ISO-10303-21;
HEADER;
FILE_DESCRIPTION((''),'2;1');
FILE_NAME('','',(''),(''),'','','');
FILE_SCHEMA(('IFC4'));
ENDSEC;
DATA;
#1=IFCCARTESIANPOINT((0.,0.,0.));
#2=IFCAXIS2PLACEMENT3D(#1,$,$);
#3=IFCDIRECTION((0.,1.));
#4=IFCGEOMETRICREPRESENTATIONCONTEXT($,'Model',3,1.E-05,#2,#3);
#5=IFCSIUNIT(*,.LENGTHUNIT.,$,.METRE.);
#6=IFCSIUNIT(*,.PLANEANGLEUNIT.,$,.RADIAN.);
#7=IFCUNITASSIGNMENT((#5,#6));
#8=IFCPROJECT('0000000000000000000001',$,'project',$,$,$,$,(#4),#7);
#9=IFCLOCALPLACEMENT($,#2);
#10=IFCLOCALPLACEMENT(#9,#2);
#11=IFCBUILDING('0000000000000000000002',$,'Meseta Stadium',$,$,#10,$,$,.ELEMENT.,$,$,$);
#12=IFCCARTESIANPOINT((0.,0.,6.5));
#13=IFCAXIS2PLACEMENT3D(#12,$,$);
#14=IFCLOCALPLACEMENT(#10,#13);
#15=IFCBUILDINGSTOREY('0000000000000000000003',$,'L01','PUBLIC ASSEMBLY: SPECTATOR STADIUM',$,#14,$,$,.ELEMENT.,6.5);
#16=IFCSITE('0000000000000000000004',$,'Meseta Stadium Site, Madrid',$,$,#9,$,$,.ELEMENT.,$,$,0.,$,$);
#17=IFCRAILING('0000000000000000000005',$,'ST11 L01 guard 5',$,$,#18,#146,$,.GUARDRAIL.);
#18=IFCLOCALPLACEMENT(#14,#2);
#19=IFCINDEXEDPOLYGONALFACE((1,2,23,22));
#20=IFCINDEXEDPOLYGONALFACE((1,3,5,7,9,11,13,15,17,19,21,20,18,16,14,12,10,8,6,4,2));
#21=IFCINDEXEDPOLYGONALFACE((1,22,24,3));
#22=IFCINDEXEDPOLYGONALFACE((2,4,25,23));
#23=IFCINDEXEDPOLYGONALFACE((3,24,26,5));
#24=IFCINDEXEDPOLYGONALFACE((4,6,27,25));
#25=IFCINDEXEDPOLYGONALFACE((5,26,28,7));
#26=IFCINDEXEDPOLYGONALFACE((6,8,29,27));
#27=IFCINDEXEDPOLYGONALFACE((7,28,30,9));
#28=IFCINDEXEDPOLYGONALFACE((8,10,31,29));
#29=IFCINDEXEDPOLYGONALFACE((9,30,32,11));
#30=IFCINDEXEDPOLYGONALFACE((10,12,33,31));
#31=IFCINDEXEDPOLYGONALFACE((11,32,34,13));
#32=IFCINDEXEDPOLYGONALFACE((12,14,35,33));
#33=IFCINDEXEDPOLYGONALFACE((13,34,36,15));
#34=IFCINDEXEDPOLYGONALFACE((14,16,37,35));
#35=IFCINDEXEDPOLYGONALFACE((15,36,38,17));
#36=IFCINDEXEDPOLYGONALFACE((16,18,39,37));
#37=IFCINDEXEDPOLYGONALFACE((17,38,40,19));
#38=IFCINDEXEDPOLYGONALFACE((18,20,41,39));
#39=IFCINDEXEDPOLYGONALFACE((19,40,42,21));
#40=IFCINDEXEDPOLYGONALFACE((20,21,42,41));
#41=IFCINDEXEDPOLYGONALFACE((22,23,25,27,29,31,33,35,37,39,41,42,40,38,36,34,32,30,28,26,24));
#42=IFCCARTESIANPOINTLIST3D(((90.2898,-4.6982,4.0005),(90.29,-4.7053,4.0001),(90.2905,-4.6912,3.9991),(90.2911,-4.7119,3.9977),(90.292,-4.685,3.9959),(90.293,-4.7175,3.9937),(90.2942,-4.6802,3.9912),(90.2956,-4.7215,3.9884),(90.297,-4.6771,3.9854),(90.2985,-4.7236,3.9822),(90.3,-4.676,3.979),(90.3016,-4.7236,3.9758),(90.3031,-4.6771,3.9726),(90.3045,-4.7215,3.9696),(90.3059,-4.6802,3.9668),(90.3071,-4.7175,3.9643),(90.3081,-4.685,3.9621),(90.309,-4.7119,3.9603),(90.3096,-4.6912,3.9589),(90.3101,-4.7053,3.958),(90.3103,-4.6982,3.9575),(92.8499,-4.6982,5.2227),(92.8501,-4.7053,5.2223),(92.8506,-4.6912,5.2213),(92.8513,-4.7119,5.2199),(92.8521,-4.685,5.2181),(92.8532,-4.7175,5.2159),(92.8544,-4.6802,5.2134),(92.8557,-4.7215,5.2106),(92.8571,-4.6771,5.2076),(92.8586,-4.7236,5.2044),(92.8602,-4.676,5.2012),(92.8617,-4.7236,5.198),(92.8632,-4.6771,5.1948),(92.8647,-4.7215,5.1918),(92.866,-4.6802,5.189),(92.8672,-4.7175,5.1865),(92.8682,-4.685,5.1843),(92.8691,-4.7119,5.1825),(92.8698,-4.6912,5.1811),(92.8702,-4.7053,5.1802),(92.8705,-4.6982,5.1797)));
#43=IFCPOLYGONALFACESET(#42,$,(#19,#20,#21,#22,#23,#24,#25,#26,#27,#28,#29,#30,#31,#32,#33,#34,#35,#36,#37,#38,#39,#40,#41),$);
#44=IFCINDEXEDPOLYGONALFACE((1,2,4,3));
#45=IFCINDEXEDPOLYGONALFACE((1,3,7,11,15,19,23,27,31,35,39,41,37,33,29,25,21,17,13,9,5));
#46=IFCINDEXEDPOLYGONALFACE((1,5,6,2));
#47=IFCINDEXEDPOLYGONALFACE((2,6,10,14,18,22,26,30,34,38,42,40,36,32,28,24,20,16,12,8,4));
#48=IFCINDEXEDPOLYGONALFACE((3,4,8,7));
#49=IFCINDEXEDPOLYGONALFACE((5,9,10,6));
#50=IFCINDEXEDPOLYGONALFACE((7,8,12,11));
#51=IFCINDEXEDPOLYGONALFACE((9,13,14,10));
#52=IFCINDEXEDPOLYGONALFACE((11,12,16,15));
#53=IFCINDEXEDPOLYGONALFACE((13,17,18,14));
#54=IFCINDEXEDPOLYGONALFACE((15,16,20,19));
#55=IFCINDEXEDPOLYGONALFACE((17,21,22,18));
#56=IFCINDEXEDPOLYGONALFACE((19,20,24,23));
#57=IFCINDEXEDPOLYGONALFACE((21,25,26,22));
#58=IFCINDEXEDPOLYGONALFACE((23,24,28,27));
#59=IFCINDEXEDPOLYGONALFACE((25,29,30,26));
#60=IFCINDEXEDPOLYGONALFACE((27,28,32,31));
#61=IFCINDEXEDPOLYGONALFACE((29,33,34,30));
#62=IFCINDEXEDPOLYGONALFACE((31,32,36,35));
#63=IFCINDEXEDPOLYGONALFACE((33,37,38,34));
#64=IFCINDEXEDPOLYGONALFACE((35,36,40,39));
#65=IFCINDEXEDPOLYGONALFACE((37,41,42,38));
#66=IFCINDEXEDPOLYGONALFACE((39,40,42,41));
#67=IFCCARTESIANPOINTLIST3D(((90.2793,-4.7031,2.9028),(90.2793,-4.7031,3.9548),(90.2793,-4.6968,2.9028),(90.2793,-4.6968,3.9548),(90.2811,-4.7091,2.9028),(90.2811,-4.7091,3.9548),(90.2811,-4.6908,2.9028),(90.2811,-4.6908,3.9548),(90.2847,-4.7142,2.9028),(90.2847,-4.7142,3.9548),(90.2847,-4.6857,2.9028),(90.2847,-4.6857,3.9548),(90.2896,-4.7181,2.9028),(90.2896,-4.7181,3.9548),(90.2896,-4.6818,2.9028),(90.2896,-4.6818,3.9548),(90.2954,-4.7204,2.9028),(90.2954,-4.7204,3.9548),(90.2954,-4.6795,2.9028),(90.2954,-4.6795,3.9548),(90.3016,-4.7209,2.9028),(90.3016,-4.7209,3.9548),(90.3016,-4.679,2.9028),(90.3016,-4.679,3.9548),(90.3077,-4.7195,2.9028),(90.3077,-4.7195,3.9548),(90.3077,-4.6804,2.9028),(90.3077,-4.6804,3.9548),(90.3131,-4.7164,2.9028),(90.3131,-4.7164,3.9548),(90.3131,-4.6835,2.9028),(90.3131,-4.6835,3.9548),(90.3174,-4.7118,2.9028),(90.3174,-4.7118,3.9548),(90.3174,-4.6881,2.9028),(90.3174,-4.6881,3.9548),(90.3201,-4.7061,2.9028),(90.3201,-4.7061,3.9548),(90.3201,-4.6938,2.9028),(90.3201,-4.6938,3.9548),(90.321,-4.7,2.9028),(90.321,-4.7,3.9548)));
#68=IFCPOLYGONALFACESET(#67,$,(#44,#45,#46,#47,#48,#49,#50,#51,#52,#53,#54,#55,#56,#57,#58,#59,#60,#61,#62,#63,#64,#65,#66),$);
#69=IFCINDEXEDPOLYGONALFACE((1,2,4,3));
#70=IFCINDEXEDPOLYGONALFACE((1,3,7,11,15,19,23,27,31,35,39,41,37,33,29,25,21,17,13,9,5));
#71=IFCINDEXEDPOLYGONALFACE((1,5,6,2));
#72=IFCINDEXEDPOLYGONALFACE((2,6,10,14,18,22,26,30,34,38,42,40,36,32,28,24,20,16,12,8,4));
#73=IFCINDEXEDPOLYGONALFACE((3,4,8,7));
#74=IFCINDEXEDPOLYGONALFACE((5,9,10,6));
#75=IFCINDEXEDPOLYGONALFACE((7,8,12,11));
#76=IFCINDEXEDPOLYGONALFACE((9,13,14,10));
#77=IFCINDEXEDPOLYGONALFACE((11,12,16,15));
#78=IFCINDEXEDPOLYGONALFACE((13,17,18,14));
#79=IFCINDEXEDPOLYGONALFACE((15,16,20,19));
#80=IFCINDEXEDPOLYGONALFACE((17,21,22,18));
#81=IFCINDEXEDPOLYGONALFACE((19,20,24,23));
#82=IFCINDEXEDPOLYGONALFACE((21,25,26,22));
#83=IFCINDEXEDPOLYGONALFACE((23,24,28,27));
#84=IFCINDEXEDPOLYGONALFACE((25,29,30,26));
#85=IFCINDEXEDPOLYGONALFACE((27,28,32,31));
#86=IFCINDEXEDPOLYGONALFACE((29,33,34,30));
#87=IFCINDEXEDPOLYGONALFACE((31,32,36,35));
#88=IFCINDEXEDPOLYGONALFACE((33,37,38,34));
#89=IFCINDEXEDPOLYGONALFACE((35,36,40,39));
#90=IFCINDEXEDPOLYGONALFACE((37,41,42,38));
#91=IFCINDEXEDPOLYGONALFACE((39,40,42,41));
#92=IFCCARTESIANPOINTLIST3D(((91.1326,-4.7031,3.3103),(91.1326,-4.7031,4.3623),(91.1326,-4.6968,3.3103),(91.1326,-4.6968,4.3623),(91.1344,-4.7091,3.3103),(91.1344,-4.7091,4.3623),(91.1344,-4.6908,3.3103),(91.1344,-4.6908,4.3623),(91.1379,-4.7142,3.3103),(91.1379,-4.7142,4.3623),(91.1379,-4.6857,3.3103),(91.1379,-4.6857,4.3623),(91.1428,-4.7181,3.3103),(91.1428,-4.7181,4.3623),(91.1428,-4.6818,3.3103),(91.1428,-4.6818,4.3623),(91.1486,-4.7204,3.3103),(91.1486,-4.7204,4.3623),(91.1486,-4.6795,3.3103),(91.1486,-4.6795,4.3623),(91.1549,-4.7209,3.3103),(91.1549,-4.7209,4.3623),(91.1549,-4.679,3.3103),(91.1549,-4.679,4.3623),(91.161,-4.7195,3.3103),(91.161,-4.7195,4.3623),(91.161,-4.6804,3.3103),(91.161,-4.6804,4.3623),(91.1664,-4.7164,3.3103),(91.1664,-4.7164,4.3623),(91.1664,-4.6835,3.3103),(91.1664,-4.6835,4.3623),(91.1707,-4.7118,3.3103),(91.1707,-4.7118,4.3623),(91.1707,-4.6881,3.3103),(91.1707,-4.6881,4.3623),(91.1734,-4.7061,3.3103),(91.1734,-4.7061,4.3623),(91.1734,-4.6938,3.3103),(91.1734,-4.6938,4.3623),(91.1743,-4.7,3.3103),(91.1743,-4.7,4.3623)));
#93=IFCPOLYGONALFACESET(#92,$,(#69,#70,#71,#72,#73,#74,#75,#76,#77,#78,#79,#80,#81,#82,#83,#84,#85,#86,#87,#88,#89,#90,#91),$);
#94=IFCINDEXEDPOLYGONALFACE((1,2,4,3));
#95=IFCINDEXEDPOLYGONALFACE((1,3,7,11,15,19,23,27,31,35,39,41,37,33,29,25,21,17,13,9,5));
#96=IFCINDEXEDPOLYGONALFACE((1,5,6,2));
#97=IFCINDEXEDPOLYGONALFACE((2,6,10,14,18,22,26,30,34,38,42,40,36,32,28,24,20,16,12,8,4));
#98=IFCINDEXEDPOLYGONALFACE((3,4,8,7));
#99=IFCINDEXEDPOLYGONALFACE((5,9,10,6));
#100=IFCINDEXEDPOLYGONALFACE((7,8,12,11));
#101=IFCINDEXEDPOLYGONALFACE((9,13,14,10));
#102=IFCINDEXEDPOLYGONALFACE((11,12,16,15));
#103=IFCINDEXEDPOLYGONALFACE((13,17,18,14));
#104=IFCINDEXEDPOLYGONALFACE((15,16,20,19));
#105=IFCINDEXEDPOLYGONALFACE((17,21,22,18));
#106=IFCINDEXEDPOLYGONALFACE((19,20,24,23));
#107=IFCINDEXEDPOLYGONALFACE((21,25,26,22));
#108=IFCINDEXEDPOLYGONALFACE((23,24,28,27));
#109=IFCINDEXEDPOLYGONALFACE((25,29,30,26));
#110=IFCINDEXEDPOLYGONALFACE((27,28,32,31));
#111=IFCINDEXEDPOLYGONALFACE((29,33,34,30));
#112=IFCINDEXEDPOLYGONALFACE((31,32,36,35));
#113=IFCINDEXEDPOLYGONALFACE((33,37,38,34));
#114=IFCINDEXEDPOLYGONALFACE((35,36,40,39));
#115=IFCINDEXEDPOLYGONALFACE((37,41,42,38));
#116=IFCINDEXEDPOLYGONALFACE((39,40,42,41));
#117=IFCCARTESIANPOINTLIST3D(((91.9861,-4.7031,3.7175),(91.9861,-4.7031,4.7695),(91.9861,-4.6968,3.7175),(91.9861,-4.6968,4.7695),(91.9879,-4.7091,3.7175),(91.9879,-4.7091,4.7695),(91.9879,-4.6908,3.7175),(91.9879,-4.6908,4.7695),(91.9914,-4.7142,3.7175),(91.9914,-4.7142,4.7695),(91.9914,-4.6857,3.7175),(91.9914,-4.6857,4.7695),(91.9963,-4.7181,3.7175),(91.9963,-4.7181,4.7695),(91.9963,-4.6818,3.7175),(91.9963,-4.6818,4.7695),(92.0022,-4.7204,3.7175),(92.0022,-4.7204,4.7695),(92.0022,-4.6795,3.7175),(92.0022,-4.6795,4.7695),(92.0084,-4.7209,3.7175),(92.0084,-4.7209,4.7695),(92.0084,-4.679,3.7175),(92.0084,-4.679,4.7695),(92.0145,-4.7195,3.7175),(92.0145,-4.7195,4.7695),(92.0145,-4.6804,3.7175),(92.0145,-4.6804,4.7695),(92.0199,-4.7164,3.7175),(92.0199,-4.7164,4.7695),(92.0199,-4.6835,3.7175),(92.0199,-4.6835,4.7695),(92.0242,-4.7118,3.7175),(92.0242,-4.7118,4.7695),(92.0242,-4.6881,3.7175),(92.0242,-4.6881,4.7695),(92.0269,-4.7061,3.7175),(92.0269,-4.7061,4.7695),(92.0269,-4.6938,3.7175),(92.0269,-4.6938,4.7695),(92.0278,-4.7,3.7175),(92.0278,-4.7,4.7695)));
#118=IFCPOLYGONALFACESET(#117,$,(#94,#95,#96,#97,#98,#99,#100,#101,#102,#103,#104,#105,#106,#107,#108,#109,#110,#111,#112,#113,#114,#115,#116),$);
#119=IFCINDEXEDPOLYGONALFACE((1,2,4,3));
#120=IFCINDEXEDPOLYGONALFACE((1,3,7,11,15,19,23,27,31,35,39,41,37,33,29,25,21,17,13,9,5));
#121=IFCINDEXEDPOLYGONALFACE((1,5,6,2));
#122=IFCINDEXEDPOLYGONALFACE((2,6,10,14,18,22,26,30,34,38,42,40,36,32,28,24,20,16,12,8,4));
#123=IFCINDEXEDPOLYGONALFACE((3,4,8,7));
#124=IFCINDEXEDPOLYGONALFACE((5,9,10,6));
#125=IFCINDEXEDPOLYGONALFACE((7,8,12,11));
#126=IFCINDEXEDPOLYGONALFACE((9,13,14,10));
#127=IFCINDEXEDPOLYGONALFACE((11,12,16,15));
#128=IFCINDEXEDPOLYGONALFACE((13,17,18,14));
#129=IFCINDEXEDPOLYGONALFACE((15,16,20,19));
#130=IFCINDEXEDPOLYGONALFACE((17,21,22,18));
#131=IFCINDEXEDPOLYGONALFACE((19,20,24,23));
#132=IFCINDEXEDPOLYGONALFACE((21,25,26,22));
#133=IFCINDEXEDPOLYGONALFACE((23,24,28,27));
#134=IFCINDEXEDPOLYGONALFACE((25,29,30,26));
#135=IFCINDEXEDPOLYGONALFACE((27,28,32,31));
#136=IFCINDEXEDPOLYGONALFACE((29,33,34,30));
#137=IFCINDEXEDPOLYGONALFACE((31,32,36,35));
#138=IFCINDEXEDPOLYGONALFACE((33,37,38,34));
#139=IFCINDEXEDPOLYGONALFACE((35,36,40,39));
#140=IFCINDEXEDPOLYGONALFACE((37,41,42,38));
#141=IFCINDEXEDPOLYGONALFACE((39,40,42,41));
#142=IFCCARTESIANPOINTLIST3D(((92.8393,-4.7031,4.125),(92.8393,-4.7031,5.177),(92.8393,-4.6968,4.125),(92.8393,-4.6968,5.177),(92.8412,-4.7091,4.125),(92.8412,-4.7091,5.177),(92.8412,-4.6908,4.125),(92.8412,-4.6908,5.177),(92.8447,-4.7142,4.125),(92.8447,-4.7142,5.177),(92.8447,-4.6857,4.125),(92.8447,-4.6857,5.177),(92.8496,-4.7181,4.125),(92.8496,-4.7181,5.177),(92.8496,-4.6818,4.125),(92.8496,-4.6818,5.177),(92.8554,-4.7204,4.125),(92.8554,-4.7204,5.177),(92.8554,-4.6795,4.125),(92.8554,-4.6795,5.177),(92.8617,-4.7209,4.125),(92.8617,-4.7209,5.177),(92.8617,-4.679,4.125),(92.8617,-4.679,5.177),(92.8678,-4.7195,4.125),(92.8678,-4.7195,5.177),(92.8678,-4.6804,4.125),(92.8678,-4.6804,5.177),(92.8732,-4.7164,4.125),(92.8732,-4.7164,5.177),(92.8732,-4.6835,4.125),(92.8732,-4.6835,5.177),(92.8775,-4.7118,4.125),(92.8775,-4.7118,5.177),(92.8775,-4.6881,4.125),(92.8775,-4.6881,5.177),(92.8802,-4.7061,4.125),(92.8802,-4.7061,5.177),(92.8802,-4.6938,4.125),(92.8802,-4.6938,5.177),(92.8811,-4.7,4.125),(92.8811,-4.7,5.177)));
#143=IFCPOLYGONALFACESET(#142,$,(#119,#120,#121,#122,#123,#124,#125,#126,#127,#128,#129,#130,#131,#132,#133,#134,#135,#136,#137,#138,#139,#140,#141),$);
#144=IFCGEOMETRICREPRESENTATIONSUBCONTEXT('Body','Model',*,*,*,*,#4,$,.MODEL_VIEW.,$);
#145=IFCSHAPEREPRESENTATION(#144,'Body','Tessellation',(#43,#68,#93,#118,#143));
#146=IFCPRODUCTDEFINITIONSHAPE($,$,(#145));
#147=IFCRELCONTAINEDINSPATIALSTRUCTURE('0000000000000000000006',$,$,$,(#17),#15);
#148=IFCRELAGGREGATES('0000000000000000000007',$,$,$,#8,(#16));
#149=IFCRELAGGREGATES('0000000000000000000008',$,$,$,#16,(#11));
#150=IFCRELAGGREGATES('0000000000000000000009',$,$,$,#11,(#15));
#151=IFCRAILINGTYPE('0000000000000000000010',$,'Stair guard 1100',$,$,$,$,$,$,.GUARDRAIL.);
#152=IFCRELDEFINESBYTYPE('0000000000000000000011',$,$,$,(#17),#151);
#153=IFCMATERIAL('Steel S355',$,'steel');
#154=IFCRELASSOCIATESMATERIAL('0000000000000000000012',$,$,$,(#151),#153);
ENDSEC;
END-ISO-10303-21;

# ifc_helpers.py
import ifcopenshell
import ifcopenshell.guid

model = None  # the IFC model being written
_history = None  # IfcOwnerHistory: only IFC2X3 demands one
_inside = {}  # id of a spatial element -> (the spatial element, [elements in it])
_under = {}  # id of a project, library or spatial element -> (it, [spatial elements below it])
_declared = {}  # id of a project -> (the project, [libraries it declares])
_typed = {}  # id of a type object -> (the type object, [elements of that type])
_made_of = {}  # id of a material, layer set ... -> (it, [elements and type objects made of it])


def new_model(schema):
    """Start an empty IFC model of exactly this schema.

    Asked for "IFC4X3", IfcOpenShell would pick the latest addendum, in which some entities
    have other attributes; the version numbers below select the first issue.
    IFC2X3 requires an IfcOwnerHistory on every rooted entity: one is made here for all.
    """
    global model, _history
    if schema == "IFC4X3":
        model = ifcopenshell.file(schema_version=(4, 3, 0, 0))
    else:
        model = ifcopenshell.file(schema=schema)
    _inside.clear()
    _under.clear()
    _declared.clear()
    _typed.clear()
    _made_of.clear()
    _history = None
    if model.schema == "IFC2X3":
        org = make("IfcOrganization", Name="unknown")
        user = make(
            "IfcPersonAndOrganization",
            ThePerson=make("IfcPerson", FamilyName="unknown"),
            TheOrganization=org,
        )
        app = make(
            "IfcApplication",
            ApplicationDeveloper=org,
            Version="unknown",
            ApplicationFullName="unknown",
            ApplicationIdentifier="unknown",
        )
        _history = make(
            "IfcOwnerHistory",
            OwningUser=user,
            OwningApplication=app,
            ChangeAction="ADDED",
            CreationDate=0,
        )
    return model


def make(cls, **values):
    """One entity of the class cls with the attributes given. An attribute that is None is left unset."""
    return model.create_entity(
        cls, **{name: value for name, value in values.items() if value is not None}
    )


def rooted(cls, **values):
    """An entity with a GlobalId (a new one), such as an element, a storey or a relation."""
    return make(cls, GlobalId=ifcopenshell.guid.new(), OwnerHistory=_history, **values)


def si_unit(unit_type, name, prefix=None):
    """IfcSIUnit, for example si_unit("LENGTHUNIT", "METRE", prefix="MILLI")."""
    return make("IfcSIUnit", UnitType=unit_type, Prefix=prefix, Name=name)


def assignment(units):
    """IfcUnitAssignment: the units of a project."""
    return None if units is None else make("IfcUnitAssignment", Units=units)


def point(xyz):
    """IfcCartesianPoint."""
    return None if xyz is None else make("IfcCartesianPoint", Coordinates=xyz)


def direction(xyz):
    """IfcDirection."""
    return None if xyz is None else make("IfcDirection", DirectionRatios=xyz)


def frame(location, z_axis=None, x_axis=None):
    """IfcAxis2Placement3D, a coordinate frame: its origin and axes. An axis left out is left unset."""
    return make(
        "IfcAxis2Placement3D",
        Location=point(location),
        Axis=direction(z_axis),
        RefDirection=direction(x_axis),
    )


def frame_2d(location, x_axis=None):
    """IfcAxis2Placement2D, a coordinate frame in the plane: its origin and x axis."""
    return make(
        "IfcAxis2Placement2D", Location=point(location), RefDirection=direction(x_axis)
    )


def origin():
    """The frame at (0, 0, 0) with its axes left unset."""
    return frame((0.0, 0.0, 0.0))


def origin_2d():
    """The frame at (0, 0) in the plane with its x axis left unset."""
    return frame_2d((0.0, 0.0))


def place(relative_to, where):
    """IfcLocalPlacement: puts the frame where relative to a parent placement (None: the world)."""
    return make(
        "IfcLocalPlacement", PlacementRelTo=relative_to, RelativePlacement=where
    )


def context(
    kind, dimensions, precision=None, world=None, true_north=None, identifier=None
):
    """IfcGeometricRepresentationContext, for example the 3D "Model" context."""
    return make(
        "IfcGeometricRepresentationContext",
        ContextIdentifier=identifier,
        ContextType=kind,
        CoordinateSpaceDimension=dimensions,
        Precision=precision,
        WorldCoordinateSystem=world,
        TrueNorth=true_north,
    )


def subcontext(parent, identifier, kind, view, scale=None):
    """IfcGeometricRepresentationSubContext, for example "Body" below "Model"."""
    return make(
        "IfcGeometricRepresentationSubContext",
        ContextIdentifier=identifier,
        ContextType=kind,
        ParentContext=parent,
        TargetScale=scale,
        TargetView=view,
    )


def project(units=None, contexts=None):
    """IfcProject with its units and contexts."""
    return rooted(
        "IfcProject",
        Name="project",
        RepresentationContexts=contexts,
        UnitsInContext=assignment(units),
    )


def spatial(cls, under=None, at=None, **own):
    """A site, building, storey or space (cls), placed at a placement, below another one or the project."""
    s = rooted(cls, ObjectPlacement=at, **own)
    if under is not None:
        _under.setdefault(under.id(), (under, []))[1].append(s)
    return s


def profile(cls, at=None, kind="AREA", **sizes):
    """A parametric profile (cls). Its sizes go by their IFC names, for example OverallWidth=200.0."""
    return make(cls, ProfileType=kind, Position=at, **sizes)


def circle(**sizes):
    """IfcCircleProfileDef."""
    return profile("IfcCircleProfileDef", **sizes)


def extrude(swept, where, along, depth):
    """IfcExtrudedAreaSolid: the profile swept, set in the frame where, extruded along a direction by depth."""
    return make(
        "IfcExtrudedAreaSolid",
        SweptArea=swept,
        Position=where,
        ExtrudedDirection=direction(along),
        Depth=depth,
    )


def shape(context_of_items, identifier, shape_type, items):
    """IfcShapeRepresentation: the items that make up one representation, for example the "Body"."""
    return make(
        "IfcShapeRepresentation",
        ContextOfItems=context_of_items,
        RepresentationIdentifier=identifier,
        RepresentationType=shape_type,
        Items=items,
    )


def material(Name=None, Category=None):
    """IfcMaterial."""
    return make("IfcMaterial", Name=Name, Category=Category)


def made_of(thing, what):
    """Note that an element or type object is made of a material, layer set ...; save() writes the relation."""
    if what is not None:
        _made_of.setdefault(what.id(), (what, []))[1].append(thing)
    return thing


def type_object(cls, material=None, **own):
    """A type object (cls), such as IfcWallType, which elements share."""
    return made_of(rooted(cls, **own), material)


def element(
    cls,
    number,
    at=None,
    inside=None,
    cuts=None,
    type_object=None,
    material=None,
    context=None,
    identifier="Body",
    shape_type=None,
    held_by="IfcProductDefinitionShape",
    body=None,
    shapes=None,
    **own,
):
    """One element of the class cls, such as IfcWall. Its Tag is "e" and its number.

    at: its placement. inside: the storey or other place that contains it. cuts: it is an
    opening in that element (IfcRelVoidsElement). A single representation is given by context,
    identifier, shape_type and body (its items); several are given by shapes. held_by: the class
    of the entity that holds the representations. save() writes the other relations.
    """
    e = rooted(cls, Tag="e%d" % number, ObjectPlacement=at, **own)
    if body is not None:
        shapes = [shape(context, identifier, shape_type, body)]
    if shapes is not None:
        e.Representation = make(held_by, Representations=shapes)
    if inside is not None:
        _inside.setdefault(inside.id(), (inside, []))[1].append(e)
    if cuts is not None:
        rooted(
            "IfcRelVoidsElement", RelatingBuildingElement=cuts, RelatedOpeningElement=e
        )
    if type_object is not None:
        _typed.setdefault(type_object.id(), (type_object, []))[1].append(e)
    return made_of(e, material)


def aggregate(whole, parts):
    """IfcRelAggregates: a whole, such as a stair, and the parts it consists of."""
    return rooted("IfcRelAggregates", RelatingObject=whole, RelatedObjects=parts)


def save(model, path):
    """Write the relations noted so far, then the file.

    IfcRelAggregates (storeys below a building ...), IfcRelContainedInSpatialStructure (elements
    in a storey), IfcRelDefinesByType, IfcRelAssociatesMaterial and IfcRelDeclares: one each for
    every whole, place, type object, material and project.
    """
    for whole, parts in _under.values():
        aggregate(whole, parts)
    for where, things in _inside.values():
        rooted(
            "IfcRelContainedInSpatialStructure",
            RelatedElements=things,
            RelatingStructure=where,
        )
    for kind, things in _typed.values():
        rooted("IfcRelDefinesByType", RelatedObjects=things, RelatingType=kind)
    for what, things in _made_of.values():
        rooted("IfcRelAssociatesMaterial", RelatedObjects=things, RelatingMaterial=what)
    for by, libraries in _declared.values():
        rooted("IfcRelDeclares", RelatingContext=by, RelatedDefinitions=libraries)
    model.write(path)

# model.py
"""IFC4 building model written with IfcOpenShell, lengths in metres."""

from ifc_helpers import new_model, si_unit, direction, frame, origin, origin_2d, place, context, subcontext, project, spatial, circle, extrude, material, type_object, element, save


model = new_model("IFC4")

# Units and contexts
model_context = context("Model", 3, precision=1e-05, world=origin(), true_north=direction((0.0, 1.0)))
body_context = subcontext(model_context, "Body", "Model", "MODEL_VIEW")
ifc_project = project(units=[si_unit("LENGTHUNIT", "METRE"), si_unit("PLANEANGLEUNIT", "RADIAN")], contexts=[model_context])

# Site, building, storey
site_placement = place(None, origin())
site = spatial("IfcSite", under=ifc_project, at=site_placement, Name="Meseta Stadium Site, Madrid", CompositionType="ELEMENT", RefElevation=0.0)
building_placement = place(site_placement, origin())
building = spatial("IfcBuilding", under=site, at=building_placement, Name="Meseta Stadium", CompositionType="ELEMENT")
storey_placement = place(building_placement, frame((0.0, 0.0, 6.5)))
storey = spatial("IfcBuildingStorey", under=building, at=storey_placement, Name="L01", Description="PUBLIC ASSEMBLY: SPECTATOR STADIUM", CompositionType="ELEMENT", Elevation=6.5)

# Railing
ifc_material_1 = material(Name="Steel S355", Category="steel")
railing_type_1 = type_object("IfcRailingType", Name="Stair guard 1100", PredefinedType="GUARDRAIL", material=ifc_material_1)
railing_1_placement = place(storey_placement, frame((90.3, -4.7, 2.9028)))
element("IfcRailing", 1, at=railing_1_placement, inside=storey, type_object=railing_type_1, Name="ST11 L01 guard 5", PredefinedType="GUARDRAIL", context=body_context, shape_type="SweptSolid", body=[
    extrude(circle(Radius=0.0239, at=origin_2d()), frame((0.0, 0.0, 1.0762), z_axis=(0.902437, 0.0, 0.430822), x_axis=(0.0, 1.0, 0.0)), (0.0, 0.0, 1.0), 2.8369),
    extrude(circle(Radius=0.021, at=origin_2d()), origin(), (0.0, 0.0, 1.0), 1.052),
    extrude(circle(Radius=0.021, at=origin_2d()), frame((0.8533, 0.0, 0.4075)), (0.0, 0.0, 1.0), 1.052),
    extrude(circle(Radius=0.021, at=origin_2d()), frame((1.7068, 0.0, 0.8147)), (0.0, 0.0, 1.0), 1.052),
    extrude(circle(Radius=0.021, at=origin_2d()), frame((2.5601, 0.0, 1.2222)), (0.0, 0.0, 1.0), 1.052),
])

save(model, "model.ifc")
